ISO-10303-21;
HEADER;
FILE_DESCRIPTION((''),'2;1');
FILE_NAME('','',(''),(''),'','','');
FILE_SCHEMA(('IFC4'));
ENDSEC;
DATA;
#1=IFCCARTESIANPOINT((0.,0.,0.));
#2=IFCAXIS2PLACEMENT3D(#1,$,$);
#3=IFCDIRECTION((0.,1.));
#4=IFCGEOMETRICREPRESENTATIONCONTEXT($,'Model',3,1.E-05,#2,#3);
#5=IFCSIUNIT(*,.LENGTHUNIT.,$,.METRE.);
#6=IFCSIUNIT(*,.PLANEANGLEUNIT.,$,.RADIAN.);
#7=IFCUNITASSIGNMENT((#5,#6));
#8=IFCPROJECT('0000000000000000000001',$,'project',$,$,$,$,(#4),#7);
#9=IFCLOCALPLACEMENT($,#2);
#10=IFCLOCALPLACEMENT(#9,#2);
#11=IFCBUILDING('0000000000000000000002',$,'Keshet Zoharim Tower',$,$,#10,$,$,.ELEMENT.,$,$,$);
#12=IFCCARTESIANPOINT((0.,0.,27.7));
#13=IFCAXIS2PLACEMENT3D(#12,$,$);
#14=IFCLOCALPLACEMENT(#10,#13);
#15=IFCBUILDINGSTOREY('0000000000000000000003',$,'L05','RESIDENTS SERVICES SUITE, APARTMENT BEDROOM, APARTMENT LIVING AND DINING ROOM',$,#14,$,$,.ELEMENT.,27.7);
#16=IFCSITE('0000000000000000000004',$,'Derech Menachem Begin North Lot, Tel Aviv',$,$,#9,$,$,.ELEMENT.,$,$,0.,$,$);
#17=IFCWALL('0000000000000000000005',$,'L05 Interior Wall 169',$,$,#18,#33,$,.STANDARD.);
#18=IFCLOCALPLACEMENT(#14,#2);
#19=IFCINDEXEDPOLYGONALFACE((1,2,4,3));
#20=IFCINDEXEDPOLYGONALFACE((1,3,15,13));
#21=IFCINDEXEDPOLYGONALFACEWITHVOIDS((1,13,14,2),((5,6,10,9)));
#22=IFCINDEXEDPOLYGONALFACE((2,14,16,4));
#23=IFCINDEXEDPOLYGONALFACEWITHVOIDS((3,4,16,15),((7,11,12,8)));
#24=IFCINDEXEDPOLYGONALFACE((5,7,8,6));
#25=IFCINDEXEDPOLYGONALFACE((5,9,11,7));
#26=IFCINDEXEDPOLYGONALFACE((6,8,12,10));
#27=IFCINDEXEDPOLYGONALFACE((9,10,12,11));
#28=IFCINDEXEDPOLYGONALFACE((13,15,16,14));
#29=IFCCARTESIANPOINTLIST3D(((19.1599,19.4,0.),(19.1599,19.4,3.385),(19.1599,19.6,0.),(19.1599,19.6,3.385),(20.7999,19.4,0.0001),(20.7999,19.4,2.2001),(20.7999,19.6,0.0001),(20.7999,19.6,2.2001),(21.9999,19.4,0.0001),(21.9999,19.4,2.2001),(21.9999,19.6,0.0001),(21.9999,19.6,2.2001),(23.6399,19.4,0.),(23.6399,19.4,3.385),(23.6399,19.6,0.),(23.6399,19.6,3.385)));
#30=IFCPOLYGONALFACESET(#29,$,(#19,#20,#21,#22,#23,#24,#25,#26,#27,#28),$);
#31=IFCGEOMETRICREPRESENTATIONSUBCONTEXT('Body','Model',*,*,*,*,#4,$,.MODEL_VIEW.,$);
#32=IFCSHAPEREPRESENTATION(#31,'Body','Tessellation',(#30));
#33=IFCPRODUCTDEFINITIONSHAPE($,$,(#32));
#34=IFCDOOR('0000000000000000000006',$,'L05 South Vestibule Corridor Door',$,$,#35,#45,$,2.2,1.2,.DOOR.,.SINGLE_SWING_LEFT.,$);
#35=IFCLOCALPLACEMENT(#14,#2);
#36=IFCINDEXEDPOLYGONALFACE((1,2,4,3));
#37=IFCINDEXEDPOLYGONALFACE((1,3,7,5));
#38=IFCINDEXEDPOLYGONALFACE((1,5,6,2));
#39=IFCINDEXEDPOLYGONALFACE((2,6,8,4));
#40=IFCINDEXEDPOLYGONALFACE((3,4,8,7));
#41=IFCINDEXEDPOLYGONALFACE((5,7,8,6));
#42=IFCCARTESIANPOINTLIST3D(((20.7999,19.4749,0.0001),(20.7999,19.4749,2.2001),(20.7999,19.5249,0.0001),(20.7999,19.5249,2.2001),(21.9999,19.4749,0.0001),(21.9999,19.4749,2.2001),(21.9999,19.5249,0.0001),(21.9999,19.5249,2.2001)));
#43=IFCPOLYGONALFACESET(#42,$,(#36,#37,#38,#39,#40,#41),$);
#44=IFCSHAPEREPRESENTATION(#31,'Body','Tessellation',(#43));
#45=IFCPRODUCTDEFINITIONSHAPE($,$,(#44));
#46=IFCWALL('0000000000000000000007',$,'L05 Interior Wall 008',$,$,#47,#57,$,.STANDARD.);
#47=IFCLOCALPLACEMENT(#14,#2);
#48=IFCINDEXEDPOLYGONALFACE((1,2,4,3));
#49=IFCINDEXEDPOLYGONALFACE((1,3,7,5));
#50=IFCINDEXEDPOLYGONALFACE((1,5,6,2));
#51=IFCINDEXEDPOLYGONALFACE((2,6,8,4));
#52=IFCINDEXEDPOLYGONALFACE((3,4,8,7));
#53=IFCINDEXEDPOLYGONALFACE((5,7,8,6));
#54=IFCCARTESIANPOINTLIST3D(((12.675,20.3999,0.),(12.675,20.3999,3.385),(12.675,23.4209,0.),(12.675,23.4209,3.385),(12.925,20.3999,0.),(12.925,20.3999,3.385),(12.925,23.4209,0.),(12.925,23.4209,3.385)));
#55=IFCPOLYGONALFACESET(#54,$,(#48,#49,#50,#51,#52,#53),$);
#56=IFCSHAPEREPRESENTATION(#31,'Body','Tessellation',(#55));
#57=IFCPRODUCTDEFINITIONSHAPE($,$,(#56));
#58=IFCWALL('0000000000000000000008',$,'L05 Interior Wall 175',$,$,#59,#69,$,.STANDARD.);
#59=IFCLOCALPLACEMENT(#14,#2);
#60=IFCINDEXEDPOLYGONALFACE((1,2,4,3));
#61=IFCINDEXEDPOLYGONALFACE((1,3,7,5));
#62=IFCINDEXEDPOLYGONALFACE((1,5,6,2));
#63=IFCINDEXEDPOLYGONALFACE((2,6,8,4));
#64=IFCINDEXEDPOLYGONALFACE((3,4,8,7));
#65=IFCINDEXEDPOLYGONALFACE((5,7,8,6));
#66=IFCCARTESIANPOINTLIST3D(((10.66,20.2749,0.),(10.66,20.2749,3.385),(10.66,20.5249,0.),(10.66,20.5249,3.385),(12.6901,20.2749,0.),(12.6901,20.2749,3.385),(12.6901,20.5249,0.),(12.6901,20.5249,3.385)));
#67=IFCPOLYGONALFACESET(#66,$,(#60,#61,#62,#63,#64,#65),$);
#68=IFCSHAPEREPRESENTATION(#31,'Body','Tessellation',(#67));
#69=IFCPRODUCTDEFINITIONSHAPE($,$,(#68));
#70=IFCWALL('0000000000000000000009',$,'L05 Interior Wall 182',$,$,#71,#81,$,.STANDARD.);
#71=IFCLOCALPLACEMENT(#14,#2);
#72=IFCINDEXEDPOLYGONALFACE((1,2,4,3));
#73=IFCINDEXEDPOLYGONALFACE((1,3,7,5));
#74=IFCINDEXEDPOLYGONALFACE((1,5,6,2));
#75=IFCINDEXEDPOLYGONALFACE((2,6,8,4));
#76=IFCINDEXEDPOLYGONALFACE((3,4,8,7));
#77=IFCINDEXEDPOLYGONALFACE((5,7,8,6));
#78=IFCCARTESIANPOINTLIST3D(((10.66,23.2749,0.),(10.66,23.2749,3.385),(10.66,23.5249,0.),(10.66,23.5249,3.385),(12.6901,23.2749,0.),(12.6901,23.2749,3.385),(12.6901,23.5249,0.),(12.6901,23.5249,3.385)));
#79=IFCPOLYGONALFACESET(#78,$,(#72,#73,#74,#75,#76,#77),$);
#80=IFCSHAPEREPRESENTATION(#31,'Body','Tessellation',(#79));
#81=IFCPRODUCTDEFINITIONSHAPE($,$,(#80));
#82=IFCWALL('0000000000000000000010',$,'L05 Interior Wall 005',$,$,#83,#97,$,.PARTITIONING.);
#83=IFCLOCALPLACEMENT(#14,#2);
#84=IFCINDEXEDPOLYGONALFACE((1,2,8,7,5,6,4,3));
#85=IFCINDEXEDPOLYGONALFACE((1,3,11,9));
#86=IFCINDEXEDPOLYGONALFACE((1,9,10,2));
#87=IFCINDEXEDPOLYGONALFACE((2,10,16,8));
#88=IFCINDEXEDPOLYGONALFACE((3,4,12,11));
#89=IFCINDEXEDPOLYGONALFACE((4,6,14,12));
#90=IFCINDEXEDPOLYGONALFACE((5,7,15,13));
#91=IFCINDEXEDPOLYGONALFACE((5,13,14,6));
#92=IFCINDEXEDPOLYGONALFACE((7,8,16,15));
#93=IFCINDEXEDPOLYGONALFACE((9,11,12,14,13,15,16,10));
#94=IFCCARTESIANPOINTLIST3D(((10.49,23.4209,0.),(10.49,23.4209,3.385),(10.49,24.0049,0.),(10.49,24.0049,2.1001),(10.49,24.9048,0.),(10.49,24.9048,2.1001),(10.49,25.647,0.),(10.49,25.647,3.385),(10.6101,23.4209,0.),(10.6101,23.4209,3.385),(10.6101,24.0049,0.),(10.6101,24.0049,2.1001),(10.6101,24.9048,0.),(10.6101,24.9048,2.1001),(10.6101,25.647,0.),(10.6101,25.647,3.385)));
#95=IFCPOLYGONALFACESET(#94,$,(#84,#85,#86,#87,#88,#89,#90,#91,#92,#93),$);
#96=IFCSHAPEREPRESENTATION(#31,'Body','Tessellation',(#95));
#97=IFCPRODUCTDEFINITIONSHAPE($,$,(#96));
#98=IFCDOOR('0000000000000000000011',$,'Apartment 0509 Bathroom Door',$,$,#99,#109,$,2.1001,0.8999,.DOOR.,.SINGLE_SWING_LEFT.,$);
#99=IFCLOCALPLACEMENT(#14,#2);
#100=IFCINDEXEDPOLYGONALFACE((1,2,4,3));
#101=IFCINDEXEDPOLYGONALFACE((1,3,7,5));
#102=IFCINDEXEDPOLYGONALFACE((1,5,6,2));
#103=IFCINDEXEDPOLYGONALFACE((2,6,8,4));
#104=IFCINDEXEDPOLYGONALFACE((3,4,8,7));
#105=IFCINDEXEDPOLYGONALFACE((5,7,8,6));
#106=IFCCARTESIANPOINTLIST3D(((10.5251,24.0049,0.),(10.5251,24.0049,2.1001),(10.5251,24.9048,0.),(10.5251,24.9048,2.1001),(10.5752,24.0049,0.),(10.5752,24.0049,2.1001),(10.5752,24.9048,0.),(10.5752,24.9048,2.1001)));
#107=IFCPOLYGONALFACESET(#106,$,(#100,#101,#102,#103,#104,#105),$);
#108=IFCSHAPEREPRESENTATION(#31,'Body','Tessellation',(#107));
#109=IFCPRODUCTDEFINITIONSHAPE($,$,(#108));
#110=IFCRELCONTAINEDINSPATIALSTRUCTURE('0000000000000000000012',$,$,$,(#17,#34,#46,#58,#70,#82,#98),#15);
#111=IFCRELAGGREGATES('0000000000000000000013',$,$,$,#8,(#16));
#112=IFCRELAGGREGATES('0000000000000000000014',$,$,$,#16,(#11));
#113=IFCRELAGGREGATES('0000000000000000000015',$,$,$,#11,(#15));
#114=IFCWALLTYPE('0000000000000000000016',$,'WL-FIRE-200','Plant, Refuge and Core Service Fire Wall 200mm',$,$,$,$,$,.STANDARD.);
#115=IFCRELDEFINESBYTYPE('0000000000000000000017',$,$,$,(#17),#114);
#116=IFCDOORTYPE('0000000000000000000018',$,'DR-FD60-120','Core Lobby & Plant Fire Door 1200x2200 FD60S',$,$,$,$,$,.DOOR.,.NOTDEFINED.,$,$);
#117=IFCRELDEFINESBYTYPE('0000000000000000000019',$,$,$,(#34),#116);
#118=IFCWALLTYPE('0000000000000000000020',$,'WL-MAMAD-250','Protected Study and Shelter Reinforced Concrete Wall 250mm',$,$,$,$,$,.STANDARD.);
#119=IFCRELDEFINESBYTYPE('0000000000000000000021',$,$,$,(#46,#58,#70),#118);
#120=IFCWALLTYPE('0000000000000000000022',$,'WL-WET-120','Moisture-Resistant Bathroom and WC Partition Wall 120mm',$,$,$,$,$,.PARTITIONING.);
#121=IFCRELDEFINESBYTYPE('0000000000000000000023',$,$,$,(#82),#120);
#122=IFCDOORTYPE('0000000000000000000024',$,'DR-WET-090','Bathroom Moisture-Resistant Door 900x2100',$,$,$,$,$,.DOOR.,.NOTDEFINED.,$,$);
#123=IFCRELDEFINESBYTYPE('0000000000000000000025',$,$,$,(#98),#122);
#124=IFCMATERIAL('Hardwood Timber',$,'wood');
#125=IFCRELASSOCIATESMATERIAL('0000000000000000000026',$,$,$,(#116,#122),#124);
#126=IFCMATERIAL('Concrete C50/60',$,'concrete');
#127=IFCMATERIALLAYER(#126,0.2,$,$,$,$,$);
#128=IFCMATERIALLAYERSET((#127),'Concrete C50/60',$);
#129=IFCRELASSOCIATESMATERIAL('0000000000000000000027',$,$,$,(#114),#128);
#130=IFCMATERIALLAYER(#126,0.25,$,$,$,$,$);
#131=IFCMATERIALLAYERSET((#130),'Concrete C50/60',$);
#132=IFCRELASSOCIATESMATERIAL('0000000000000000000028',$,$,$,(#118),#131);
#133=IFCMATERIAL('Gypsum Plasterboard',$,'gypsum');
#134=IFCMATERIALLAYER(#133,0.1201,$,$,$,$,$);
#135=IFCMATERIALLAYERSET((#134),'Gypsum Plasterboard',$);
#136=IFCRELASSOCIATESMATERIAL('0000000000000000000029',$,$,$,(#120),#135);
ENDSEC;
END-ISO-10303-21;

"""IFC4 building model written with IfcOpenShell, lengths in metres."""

from ifc_helpers import new_model, si_unit, direction, frame, frame_2d, origin, place, context, subcontext, project, spatial, rectangle, extrude, material, layer, layer_set, type_object, element, fill, save


model = new_model("IFC4")

# Units and contexts
model_context = context("Model", 3, precision=1e-05, world=origin(), true_north=direction((0.0, 1.0)))
body_context = subcontext(model_context, "Body", "Model", "MODEL_VIEW")
ifc_project = project(units=[si_unit("LENGTHUNIT", "METRE"), si_unit("PLANEANGLEUNIT", "RADIAN")], contexts=[model_context])

# Site, building, storey
site_placement = place(None, origin())
site = spatial("IfcSite", under=ifc_project, at=site_placement, Name="Derech Menachem Begin North Lot, Tel Aviv", CompositionType="ELEMENT", RefElevation=0.0)
building_placement = place(site_placement, origin())
building = spatial("IfcBuilding", under=site, at=building_placement, Name="Keshet Zoharim Tower", CompositionType="ELEMENT")
storey_placement = place(building_placement, frame((0.0, 0.0, 27.7)))
storey = spatial("IfcBuildingStorey", under=building, at=storey_placement, Name="L05", Description="RESIDENTS SERVICES SUITE, APARTMENT BEDROOM, APARTMENT LIVING AND DINING ROOM", CompositionType="ELEMENT", Elevation=27.7)

# Shared definitions
ifc_material_1 = material(Name="Hardwood Timber", Category="wood")

# Shared definitions
door_type_1 = type_object("IfcDoorType", Name="DR-FD60-120", Description="Core Lobby & Plant Fire Door 1200x2200 FD60S", OperationType="NOTDEFINED", PredefinedType="DOOR", material=ifc_material_1)

# Shared definitions
ifc_material_2 = material(Name="Gypsum Plasterboard", Category="gypsum")

# Wall, opening, door
ifc_material_3 = material(Name="Concrete C50/60", Category="concrete")
ifc_layer_1 = layer(ifc_material_3, 0.2)
ifc_layer_set_1 = layer_set([ifc_layer_1], Name="Concrete C50/60")
wall_type_1 = type_object("IfcWallType", Name="WL-FIRE-200", Description="Plant, Refuge and Core Service Fire Wall 200mm", PredefinedType="STANDARD", material=ifc_layer_set_1)
wall_1_placement = place(storey_placement, frame((19.1599, 19.5, 0.0), z_axis=(0.0, 0.0, 1.0), x_axis=(1.0, 0.0, 0.0)))
wall_1 = element("IfcWall", 1, at=wall_1_placement, inside=storey, type_object=wall_type_1, Name="L05 Interior Wall 169", PredefinedType="STANDARD", context=body_context, shape_type="SweptSolid", body=[
    extrude(rectangle(XDim=4.48, YDim=0.2, at=frame_2d((2.24, 0.0))), origin(), (0.0, 0.0, 1.0), 3.385),
])
opening_1_placement = place(wall_1_placement, frame((1.6399, 0.0, 0.0)))
opening_1 = element("IfcOpeningElement", 2, at=opening_1_placement, cuts=wall_1, PredefinedType="OPENING", context=body_context, shape_type="SweptSolid", body=[
    extrude(rectangle(XDim=1.2, YDim=2.2, at=frame_2d((0.6001, 1.1001))), frame((0.0, 0.1099, 0.0), z_axis=(0.0, -1.0, 0.0), x_axis=(1.0, 0.0, 0.0)), (0.0, 0.0, 1.0), 0.22),
])
door_1_placement = place(opening_1_placement, origin())
door_1 = element("IfcDoor", 3, at=door_1_placement, inside=storey, type_object=door_type_1, Name="L05 South Vestibule Corridor Door", OperationType="SINGLE_SWING_LEFT", OverallHeight=2.2, OverallWidth=1.2, PredefinedType="DOOR", context=body_context, shape_type="SweptSolid", body=[
    extrude(rectangle(XDim=1.2, YDim=2.2, at=frame_2d((0.6001, 1.1001))), frame((0.0, 0.0249, 0.0), z_axis=(0.0, -1.0, 0.0), x_axis=(1.0, 0.0, 0.0)), (0.0, 0.0, 1.0), 0.05),
])
fill(opening_1, door_1)
ifc_layer_2 = layer(ifc_material_3, 0.25)
ifc_layer_set_2 = layer_set([ifc_layer_2], Name="Concrete C50/60")
wall_type_2 = type_object("IfcWallType", Name="WL-MAMAD-250", Description="Protected Study and Shelter Reinforced Concrete Wall 250mm", PredefinedType="STANDARD", material=ifc_layer_set_2)

# Walls
wall_2_placement = place(storey_placement, frame((12.8, 20.3999, 0.0), z_axis=(0.0, 0.0, 1.0), x_axis=(0.0, 1.0, 0.0)))
element("IfcWall", 4, at=wall_2_placement, inside=storey, type_object=wall_type_2, Name="L05 Interior Wall 008", PredefinedType="STANDARD", context=body_context, shape_type="SweptSolid", body=[
    extrude(rectangle(XDim=3.021, YDim=0.25, at=frame_2d((1.5105, 0.0))), origin(), (0.0, 0.0, 1.0), 3.385),
])
for number, where, z_axis, x_axis, name in (
    (5, (10.6599, 20.3999, 0.0), (0.0, 0.0, 1.0), (1.0, 0.0, 0.0), "L05 Interior Wall 175"),
    (6, (10.6599, 23.3999, 0.0), (0.0, 0.0, 1.0), (1.0, 0.0, 0.0), "L05 Interior Wall 182"),
):
    element("IfcWall", number, at=place(storey_placement, frame(where, z_axis=z_axis, x_axis=x_axis)), inside=storey, type_object=wall_type_2, Name=name, PredefinedType="STANDARD", context=body_context, shape_type="SweptSolid", body=[
        extrude(rectangle(XDim=2.03, YDim=0.25, at=frame_2d((1.0151, 0.0))), origin(), (0.0, 0.0, 1.0), 3.385),
    ])

# Wall, opening, door
ifc_layer_3 = layer(ifc_material_2, 0.1201)
ifc_layer_set_3 = layer_set([ifc_layer_3], Name="Gypsum Plasterboard")
wall_type_3 = type_object("IfcWallType", Name="WL-WET-120", Description="Moisture-Resistant Bathroom and WC Partition Wall 120mm", PredefinedType="PARTITIONING", material=ifc_layer_set_3)
wall_3_placement = place(storey_placement, frame((10.55, 23.4209, 0.0), z_axis=(0.0, 0.0, 1.0), x_axis=(0.0, 1.0, 0.0)))
wall_3 = element("IfcWall", 7, at=wall_3_placement, inside=storey, type_object=wall_type_3, Name="L05 Interior Wall 005", PredefinedType="PARTITIONING", context=body_context, shape_type="SweptSolid", body=[
    extrude(rectangle(XDim=2.2261, YDim=0.1201, at=frame_2d((1.113, 0.0))), origin(), (0.0, 0.0, 1.0), 3.385),
])
opening_2_placement = place(wall_3_placement, frame((0.584, 0.0, 0.0)))
opening_2 = element("IfcOpeningElement", 8, at=opening_2_placement, cuts=wall_3, PredefinedType="OPENING", context=body_context, shape_type="SweptSolid", body=[
    extrude(rectangle(XDim=0.8999, YDim=2.1001, at=frame_2d((0.45, 1.05))), frame((0.0, 0.0701, 0.0), z_axis=(0.0, -1.0, 0.0), x_axis=(1.0, 0.0, 0.0)), (0.0, 0.0, 1.0), 0.1401),
])
door_type_2 = type_object("IfcDoorType", Name="DR-WET-090", Description="Bathroom Moisture-Resistant Door 900x2100", OperationType="NOTDEFINED", PredefinedType="DOOR", material=ifc_material_1)
door_2_placement = place(opening_2_placement, origin())
door_2 = element("IfcDoor", 9, at=door_2_placement, inside=storey, type_object=door_type_2, Name="Apartment 0509 Bathroom Door", OperationType="SINGLE_SWING_LEFT", OverallHeight=2.1001, OverallWidth=0.8999, PredefinedType="DOOR", context=body_context, shape_type="SweptSolid", body=[
    extrude(rectangle(XDim=0.8999, YDim=2.1001, at=frame_2d((0.45, 1.05))), frame((0.0, 0.0249, 0.0), z_axis=(0.0, -1.0, 0.0), x_axis=(1.0, 0.0, 0.0)), (0.0, 0.0, 1.0), 0.05),
])
fill(opening_2, door_2)

save(model, "model.ifc")
